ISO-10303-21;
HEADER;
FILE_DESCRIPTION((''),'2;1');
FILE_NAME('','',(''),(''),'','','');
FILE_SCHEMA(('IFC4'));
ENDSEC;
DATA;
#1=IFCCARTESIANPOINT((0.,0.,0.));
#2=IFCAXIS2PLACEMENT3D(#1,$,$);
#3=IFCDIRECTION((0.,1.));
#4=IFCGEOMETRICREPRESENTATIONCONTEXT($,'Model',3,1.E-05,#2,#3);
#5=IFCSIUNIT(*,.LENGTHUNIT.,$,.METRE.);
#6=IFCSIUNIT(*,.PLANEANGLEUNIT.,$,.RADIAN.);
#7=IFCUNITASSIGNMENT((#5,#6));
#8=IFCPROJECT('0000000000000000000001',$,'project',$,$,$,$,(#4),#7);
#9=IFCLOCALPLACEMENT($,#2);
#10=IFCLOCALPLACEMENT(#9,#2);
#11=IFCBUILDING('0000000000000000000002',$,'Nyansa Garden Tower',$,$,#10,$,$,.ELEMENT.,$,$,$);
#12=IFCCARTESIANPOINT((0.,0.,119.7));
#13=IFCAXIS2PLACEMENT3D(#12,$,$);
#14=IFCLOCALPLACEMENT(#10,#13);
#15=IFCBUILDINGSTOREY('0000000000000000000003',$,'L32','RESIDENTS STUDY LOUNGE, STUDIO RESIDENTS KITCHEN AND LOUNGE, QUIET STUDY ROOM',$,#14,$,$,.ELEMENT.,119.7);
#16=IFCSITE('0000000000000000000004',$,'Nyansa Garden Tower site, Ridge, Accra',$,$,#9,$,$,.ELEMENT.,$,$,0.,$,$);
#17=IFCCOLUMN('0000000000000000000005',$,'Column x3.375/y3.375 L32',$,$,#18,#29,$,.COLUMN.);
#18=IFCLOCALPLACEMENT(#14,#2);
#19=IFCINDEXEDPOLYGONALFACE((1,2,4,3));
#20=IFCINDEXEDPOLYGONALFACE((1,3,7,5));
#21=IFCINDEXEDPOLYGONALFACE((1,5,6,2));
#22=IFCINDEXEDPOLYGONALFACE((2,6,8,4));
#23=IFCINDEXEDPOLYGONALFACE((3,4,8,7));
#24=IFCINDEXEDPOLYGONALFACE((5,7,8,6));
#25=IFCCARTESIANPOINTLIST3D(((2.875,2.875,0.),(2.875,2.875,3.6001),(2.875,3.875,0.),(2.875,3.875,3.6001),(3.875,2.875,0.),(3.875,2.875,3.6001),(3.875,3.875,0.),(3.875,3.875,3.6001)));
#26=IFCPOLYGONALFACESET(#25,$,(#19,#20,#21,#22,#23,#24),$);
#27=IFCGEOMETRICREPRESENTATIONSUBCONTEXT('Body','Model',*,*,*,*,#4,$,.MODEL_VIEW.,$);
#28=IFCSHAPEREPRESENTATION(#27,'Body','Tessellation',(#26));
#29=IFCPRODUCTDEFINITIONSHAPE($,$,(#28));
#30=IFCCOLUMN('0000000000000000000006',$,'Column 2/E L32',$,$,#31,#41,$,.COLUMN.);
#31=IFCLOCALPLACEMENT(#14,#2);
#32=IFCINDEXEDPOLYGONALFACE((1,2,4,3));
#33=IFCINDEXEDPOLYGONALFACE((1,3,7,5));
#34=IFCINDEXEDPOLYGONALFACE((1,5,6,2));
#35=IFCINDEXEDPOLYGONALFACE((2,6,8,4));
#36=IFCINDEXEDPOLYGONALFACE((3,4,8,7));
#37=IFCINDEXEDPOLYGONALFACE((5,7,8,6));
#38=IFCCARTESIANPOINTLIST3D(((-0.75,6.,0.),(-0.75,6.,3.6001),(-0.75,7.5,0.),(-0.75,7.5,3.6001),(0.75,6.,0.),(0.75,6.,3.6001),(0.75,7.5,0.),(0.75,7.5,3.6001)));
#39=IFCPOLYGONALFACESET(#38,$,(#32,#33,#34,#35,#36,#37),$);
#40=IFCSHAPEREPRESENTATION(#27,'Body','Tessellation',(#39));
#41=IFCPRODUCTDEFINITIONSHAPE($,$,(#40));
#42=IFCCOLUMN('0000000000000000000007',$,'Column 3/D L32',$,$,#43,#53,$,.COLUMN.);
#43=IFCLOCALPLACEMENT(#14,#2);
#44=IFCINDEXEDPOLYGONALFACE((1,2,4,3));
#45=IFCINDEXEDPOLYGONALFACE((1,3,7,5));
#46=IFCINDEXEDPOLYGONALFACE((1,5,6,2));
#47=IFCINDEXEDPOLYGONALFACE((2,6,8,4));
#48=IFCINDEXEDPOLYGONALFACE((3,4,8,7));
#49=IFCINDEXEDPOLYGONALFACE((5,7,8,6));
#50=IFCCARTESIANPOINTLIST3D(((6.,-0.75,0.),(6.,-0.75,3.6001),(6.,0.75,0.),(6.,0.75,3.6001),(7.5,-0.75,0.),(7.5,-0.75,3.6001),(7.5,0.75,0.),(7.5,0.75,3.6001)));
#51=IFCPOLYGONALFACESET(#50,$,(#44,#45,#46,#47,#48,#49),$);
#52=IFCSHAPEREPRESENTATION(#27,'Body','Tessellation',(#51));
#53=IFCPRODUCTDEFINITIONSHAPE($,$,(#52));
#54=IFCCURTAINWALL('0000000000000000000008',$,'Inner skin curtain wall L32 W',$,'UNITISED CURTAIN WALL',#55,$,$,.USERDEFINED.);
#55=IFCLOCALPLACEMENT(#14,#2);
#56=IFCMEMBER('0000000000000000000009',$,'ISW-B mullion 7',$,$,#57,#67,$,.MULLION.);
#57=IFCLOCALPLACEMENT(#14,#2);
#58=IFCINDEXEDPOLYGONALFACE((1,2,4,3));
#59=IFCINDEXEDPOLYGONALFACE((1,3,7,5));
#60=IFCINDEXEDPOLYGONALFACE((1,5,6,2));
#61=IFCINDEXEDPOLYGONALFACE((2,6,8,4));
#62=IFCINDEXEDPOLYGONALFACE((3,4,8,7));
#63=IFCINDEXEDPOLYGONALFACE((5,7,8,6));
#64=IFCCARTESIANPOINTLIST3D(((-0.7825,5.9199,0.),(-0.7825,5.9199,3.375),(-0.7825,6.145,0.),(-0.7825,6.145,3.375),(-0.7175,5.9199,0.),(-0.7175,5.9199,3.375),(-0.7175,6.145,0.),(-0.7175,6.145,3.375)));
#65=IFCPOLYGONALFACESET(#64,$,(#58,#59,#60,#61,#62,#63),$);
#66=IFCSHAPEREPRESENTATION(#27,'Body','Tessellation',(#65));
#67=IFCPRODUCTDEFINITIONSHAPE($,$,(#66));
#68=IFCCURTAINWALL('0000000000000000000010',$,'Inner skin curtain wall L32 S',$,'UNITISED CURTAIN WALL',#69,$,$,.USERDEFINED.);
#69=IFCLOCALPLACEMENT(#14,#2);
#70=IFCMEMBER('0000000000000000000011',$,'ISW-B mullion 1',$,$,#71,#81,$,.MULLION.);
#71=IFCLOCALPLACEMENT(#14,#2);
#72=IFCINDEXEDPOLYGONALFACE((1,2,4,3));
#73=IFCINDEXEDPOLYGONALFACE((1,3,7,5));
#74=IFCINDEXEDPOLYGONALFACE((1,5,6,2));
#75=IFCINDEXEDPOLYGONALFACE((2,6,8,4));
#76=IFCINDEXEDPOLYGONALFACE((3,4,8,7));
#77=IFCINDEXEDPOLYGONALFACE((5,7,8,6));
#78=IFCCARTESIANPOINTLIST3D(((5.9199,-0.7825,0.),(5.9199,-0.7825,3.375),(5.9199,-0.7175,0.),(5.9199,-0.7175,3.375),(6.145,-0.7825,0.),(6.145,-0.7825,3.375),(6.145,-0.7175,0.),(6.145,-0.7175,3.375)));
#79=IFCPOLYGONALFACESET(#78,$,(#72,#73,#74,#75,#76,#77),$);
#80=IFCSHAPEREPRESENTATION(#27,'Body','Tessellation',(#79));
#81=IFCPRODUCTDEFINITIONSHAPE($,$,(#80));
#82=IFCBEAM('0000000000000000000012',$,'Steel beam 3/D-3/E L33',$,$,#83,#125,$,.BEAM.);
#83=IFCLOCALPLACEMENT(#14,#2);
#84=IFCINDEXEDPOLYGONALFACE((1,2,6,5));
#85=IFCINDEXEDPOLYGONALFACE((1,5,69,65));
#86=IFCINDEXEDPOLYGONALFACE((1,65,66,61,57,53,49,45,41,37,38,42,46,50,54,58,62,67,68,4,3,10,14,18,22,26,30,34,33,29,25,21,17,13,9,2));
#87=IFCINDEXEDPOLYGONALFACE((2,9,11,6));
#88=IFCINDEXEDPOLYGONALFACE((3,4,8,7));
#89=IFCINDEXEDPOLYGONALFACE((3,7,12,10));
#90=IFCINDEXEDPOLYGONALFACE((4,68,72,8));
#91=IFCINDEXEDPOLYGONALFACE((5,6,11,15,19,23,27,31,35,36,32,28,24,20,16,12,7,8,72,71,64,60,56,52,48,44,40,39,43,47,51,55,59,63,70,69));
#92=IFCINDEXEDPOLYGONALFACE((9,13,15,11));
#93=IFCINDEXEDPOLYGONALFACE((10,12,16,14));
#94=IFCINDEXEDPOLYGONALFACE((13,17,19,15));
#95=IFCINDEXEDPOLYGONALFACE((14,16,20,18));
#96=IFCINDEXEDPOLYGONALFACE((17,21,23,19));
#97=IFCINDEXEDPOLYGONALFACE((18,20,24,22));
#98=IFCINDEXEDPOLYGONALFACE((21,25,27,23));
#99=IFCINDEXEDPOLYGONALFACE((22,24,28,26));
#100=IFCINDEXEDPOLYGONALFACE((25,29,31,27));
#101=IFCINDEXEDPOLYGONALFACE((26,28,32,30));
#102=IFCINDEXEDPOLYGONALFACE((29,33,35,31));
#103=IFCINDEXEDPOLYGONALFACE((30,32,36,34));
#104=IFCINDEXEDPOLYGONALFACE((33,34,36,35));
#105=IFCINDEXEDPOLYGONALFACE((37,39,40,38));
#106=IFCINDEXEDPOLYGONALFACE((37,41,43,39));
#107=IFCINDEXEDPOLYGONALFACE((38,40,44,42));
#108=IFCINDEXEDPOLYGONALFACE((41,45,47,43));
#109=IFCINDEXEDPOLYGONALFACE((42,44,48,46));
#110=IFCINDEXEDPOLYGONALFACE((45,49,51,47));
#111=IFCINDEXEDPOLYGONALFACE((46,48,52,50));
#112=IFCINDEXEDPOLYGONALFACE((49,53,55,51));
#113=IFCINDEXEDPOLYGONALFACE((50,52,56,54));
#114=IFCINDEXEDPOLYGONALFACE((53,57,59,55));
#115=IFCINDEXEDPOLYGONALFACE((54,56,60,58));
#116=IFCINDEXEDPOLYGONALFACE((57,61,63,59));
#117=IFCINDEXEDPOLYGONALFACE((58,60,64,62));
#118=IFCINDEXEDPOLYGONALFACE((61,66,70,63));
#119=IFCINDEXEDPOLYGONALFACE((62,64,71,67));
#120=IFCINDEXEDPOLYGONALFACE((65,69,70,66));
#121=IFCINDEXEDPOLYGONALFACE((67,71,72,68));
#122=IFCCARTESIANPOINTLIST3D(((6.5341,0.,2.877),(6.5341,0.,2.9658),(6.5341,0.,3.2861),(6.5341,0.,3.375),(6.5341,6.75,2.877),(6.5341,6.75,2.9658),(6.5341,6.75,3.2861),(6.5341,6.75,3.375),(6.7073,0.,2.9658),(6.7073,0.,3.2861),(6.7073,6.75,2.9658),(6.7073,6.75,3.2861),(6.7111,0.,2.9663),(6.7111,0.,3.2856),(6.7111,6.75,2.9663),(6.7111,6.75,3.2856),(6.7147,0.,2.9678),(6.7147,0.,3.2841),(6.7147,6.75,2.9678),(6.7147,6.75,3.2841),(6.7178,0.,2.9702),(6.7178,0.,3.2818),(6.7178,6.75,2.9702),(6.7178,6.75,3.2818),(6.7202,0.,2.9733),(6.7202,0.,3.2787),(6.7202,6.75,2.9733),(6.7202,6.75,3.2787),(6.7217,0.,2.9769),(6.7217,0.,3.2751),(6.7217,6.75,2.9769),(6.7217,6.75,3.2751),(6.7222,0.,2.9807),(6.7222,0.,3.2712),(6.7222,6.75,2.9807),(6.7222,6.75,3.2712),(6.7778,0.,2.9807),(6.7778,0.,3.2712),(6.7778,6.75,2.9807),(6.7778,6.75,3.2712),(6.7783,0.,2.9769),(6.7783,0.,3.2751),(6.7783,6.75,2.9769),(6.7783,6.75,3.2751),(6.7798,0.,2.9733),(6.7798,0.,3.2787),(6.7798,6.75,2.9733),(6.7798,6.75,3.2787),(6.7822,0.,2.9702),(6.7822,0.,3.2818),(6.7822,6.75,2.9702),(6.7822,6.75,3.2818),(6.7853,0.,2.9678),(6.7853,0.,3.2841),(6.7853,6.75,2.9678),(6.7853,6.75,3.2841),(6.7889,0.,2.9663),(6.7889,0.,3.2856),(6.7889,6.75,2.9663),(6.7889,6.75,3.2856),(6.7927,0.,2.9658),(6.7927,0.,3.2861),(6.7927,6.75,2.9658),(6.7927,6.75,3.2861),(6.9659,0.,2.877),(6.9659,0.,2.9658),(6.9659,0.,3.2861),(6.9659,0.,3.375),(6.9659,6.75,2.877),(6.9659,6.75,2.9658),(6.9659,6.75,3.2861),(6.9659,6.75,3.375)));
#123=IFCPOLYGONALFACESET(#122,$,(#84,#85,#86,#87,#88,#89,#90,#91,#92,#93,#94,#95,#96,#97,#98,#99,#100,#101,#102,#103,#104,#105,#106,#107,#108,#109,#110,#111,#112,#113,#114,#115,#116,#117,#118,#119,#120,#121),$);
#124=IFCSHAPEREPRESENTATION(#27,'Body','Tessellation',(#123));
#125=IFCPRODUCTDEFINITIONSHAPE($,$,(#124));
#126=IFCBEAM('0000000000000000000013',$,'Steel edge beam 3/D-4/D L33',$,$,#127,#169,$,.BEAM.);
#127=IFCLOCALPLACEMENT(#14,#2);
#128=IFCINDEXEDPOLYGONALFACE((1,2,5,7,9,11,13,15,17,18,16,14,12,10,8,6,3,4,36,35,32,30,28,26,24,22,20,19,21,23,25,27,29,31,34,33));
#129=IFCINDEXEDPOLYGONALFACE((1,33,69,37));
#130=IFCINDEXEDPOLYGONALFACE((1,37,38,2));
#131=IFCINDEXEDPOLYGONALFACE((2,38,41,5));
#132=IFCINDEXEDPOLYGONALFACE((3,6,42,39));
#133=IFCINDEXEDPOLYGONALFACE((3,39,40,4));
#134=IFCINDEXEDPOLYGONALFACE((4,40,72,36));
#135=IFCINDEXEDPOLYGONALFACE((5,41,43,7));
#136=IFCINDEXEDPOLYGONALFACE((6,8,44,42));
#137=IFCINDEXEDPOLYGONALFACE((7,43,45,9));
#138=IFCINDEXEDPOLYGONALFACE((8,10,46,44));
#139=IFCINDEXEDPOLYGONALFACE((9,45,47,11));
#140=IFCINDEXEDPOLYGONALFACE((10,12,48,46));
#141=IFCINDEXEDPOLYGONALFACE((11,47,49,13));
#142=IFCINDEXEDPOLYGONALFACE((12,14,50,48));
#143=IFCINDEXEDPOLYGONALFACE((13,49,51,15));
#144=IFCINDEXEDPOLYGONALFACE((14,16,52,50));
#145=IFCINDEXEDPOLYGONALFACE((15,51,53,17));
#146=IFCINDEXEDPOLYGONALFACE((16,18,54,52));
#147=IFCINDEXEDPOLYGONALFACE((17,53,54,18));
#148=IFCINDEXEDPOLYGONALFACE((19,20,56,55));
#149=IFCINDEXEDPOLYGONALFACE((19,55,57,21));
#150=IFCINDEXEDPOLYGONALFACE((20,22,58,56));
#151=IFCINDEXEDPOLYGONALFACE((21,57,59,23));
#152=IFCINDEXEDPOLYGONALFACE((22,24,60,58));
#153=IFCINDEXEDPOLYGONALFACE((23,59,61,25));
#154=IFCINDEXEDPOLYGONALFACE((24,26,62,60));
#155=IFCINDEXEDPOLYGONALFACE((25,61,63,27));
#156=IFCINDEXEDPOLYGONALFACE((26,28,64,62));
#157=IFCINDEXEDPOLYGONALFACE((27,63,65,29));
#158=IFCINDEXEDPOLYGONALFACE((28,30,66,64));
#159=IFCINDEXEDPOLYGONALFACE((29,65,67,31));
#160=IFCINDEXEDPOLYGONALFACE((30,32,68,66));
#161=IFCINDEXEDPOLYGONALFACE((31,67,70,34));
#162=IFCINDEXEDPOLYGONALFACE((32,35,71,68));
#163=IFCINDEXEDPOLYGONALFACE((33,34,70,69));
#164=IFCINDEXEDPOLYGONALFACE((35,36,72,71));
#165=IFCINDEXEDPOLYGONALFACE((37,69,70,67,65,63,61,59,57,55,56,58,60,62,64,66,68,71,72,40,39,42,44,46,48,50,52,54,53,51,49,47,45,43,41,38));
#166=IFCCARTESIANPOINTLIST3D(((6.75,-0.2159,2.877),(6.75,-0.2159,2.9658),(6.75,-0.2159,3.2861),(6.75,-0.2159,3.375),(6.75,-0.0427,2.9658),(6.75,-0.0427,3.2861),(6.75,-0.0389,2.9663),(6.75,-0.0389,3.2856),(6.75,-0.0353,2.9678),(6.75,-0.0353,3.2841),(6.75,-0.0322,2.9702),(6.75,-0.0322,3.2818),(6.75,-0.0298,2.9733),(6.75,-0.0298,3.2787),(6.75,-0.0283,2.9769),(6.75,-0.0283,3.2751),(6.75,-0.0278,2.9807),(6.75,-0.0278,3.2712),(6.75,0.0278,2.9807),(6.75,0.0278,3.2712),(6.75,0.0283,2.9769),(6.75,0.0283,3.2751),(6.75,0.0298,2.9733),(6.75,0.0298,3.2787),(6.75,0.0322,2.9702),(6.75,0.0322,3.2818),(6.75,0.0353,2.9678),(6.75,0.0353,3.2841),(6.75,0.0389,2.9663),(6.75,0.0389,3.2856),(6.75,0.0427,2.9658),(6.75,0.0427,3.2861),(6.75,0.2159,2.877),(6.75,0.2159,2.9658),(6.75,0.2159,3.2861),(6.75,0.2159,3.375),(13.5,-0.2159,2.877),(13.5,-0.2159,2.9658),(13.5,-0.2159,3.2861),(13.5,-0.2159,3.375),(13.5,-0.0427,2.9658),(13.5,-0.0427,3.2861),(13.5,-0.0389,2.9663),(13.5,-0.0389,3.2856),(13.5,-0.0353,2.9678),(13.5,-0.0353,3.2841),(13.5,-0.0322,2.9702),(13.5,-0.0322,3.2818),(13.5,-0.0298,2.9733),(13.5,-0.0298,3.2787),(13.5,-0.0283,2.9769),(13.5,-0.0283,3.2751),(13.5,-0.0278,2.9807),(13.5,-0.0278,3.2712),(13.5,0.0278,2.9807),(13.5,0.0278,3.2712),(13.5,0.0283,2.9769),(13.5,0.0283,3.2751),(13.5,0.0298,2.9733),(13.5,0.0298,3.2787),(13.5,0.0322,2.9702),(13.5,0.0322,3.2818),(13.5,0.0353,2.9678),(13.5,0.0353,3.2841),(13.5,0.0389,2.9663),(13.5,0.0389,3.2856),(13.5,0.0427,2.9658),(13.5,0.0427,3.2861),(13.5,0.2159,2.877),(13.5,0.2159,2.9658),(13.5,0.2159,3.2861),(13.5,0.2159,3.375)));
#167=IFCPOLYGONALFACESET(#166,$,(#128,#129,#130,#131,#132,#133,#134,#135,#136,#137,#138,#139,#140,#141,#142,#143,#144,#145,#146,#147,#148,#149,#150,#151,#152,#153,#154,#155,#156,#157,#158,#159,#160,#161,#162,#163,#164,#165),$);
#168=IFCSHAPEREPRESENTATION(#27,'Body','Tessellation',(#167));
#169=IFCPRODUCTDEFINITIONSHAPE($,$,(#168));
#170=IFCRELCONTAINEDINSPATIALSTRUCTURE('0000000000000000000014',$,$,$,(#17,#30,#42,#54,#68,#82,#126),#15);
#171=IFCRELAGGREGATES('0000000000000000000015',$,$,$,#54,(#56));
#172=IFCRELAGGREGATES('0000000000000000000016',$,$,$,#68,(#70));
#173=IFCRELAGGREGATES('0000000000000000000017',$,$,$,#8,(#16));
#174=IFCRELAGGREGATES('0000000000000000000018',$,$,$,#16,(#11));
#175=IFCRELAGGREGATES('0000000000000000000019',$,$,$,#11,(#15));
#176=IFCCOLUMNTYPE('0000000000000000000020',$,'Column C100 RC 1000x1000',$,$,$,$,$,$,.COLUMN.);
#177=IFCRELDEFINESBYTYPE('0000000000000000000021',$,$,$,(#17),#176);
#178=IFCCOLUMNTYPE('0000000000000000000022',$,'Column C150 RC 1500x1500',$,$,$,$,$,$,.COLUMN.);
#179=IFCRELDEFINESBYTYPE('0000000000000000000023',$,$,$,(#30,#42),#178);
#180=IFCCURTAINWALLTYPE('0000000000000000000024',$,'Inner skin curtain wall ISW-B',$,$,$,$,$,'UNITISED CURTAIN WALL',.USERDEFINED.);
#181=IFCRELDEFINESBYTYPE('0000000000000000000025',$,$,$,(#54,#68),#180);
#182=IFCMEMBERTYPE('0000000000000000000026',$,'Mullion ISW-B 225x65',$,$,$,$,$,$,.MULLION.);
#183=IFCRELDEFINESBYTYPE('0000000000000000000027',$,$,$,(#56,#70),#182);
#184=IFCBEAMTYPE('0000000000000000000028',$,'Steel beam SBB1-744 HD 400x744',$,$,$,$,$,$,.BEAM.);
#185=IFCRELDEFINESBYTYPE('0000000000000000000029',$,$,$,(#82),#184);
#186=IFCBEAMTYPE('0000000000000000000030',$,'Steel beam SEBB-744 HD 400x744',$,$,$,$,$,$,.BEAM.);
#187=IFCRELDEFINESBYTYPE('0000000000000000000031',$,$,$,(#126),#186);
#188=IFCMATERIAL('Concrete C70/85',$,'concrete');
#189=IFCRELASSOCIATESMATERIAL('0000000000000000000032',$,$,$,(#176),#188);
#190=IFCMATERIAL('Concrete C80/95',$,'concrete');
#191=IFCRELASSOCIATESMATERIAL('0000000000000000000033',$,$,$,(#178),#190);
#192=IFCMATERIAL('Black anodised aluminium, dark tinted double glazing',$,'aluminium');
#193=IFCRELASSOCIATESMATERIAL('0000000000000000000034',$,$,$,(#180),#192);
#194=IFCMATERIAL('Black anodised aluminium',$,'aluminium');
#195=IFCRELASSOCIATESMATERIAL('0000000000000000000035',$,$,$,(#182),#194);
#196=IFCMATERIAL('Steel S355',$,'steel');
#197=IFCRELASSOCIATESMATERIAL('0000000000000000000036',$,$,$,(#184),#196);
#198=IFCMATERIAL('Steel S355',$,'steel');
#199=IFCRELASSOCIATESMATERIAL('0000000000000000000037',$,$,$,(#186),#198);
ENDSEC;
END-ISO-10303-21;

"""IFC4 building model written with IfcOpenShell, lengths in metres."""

from ifc_helpers import new_model, si_unit, direction, frame, origin, origin_2d, place, context, subcontext, project, spatial, rectangle, i_section, extrude, material, material_profile, profile_set, type_object, element, aggregate, save


model = new_model("IFC4")

# Units and contexts
model_context = context("Model", 3, precision=1e-05, world=origin(), true_north=direction((0.0, 1.0)))
body_context = subcontext(model_context, "Body", "Model", "MODEL_VIEW")
ifc_project = project(units=[si_unit("LENGTHUNIT", "METRE"), si_unit("PLANEANGLEUNIT", "RADIAN")], contexts=[model_context])

# Site, building, storey
site_placement = place(None, origin())
site = spatial("IfcSite", under=ifc_project, at=site_placement, Name="Nyansa Garden Tower site, Ridge, Accra", CompositionType="ELEMENT", RefElevation=0.0)
building_placement = place(site_placement, origin())
building = spatial("IfcBuilding", under=site, at=building_placement, Name="Nyansa Garden Tower", CompositionType="ELEMENT")
storey_placement = place(building_placement, frame((0.0, 0.0, 119.7)))
storey = spatial("IfcBuildingStorey", under=building, at=storey_placement, Name="L32", Description="RESIDENTS STUDY LOUNGE, STUDIO RESIDENTS KITCHEN AND LOUNGE, QUIET STUDY ROOM", CompositionType="ELEMENT", Elevation=119.7)

# Columns
ifc_material_1 = material(Name="Concrete C70/85", Category="concrete")
ifc_material_profile_1 = material_profile(ifc_material_1, rectangle(XDim=1.0, YDim=1.0, at=origin_2d()), Name="RC 1000x1000")
ifc_profile_set_1 = profile_set([ifc_material_profile_1], Name="Concrete C70/85")
column_type_1 = type_object("IfcColumnType", Name="Column C100 RC 1000x1000", PredefinedType="COLUMN", material=ifc_profile_set_1)
column_placement = place(storey_placement, frame((3.375, 3.375, 0.0), z_axis=(0.0, 0.0, 1.0), x_axis=(1.0, 0.0, 0.0)))
element("IfcColumn", 1, at=column_placement, inside=storey, type_object=column_type_1, Name="Column x3.375/y3.375 L32", PredefinedType="COLUMN", context=body_context, shape_type="SweptSolid", body=[
    extrude(rectangle(XDim=1.0, YDim=1.0, at=origin_2d()), origin(), (0.0, 0.0, 1.0), 3.6001),
])
ifc_material_2 = material(Name="Concrete C80/95", Category="concrete")
ifc_material_profile_2 = material_profile(ifc_material_2, rectangle(XDim=1.5, YDim=1.5, at=origin_2d()), Name="RC 1500x1500")
ifc_profile_set_2 = profile_set([ifc_material_profile_2], Name="Concrete C80/95")
column_type_2 = type_object("IfcColumnType", Name="Column C150 RC 1500x1500", PredefinedType="COLUMN", material=ifc_profile_set_2)
for number, where, z_axis, x_axis, name in (
    (2, (0.0, 6.75, 0.0), (0.0, 0.0, 1.0), (1.0, 0.0, 0.0), "Column 2/E L32"),
    (3, (6.75, 0.0, 0.0), (0.0, 0.0, 1.0), (1.0, 0.0, 0.0), "Column 3/D L32"),
):
    element("IfcColumn", number, at=place(storey_placement, frame(where, z_axis=z_axis, x_axis=x_axis)), inside=storey, type_object=column_type_2, Name=name, PredefinedType="COLUMN", context=body_context, shape_type="SweptSolid", body=[
        extrude(rectangle(XDim=1.5, YDim=1.5, at=origin_2d()), origin(), (0.0, 0.0, 1.0), 3.6001),
    ])

# Curtain walls, members
ifc_material_3 = material(Name="Black anodised aluminium, dark tinted double glazing", Category="aluminium")
curtain_wall_type = type_object("IfcCurtainWallType", Name="Inner skin curtain wall ISW-B", ElementType="UNITISED CURTAIN WALL", PredefinedType="USERDEFINED", material=ifc_material_3)
curtain_wall_1_placement = place(storey_placement, origin())
curtain_wall_1 = element("IfcCurtainWall", 4, at=curtain_wall_1_placement, inside=storey, type_object=curtain_wall_type, Name="Inner skin curtain wall L32 W", ObjectType="UNITISED CURTAIN WALL", PredefinedType="USERDEFINED")
ifc_material_4 = material(Name="Black anodised aluminium", Category="aluminium")
ifc_material_profile_3 = material_profile(ifc_material_4, rectangle(XDim=0.0649, YDim=0.2251, at=origin_2d()), Name="Mullion 225x65")
ifc_profile_set_3 = profile_set([ifc_material_profile_3], Name="Black anodised aluminium")
member_type_1 = type_object("IfcMemberType", Name="Mullion ISW-B 225x65", PredefinedType="MULLION", material=ifc_profile_set_3)
member_1_placement = place(storey_placement, frame((-0.75, 6.0325, 0.0), z_axis=(0.0, 0.0, 1.0), x_axis=(1.0, 0.0, 0.0)))
member_1 = element("IfcMember", 5, at=member_1_placement, type_object=member_type_1, Name="ISW-B mullion 7", PredefinedType="MULLION", context=body_context, shape_type="SweptSolid", body=[
    extrude(rectangle(XDim=0.0649, YDim=0.2251, at=origin_2d()), origin(), (0.0, 0.0, 1.0), 3.375),
])
aggregate(curtain_wall_1, [member_1])
curtain_wall_2_placement = place(storey_placement, origin())
curtain_wall_2 = element("IfcCurtainWall", 6, at=curtain_wall_2_placement, inside=storey, type_object=curtain_wall_type, Name="Inner skin curtain wall L32 S", ObjectType="UNITISED CURTAIN WALL", PredefinedType="USERDEFINED")
member_2_placement = place(storey_placement, frame((6.0325, -0.75, 0.0), z_axis=(0.0, 0.0, 1.0), x_axis=(0.0, 1.0, 0.0)))
member_2 = element("IfcMember", 7, at=member_2_placement, type_object=member_type_1, Name="ISW-B mullion 1", PredefinedType="MULLION", context=body_context, shape_type="SweptSolid", body=[
    extrude(rectangle(XDim=0.0649, YDim=0.2251, at=origin_2d()), origin(), (0.0, 0.0, 1.0), 3.375),
])

# Beams
ifc_material_5 = material(Name="Steel S355", Category="steel")
ifc_material_profile_4 = material_profile(ifc_material_5, i_section(OverallWidth=0.4319, OverallDepth=0.498, WebThickness=0.0557, FlangeThickness=0.0889, FilletRadius=0.0149, at=origin_2d()), Name="HD 400x744")
ifc_profile_set_4 = profile_set([ifc_material_profile_4], Name="Steel S355")
beam_type_1 = type_object("IfcBeamType", Name="Steel beam SBB1-744 HD 400x744", PredefinedType="BEAM", material=ifc_profile_set_4)
beam_1_placement = place(storey_placement, frame((6.75, 0.0, 3.126), z_axis=(0.0, 1.0, 0.0), x_axis=(-1.0, 0.0, 0.0)))
element("IfcBeam", 8, at=beam_1_placement, inside=storey, type_object=beam_type_1, Name="Steel beam 3/D-3/E L33", PredefinedType="BEAM", context=body_context, shape_type="SweptSolid", body=[
    extrude(i_section(OverallWidth=0.4319, OverallDepth=0.498, WebThickness=0.0557, FlangeThickness=0.0889, FilletRadius=0.0149, at=origin_2d()), origin(), (0.0, 0.0, 1.0), 6.75),
])
ifc_material_6 = material(Name="Steel S355", Category="steel")
ifc_material_profile_5 = material_profile(ifc_material_6, i_section(OverallWidth=0.4319, OverallDepth=0.498, WebThickness=0.0557, FlangeThickness=0.0889, FilletRadius=0.0149, at=origin_2d()), Name="HD 400x744")
ifc_profile_set_5 = profile_set([ifc_material_profile_5], Name="Steel S355")
beam_type_2 = type_object("IfcBeamType", Name="Steel beam SEBB-744 HD 400x744", PredefinedType="BEAM", material=ifc_profile_set_5)
beam_2_placement = place(storey_placement, frame((6.75, 0.0, 3.126), z_axis=(1.0, 0.0, 0.0), x_axis=(0.0, 1.0, 0.0)))
element("IfcBeam", 9, at=beam_2_placement, inside=storey, type_object=beam_type_2, Name="Steel edge beam 3/D-4/D L33", PredefinedType="BEAM", context=body_context, shape_type="SweptSolid", body=[
    extrude(i_section(OverallWidth=0.4319, OverallDepth=0.498, WebThickness=0.0557, FlangeThickness=0.0889, FilletRadius=0.0149, at=origin_2d()), origin(), (0.0, 0.0, 1.0), 6.75),
])

aggregate(curtain_wall_2, [member_2])

save(model, "model.ifc")
